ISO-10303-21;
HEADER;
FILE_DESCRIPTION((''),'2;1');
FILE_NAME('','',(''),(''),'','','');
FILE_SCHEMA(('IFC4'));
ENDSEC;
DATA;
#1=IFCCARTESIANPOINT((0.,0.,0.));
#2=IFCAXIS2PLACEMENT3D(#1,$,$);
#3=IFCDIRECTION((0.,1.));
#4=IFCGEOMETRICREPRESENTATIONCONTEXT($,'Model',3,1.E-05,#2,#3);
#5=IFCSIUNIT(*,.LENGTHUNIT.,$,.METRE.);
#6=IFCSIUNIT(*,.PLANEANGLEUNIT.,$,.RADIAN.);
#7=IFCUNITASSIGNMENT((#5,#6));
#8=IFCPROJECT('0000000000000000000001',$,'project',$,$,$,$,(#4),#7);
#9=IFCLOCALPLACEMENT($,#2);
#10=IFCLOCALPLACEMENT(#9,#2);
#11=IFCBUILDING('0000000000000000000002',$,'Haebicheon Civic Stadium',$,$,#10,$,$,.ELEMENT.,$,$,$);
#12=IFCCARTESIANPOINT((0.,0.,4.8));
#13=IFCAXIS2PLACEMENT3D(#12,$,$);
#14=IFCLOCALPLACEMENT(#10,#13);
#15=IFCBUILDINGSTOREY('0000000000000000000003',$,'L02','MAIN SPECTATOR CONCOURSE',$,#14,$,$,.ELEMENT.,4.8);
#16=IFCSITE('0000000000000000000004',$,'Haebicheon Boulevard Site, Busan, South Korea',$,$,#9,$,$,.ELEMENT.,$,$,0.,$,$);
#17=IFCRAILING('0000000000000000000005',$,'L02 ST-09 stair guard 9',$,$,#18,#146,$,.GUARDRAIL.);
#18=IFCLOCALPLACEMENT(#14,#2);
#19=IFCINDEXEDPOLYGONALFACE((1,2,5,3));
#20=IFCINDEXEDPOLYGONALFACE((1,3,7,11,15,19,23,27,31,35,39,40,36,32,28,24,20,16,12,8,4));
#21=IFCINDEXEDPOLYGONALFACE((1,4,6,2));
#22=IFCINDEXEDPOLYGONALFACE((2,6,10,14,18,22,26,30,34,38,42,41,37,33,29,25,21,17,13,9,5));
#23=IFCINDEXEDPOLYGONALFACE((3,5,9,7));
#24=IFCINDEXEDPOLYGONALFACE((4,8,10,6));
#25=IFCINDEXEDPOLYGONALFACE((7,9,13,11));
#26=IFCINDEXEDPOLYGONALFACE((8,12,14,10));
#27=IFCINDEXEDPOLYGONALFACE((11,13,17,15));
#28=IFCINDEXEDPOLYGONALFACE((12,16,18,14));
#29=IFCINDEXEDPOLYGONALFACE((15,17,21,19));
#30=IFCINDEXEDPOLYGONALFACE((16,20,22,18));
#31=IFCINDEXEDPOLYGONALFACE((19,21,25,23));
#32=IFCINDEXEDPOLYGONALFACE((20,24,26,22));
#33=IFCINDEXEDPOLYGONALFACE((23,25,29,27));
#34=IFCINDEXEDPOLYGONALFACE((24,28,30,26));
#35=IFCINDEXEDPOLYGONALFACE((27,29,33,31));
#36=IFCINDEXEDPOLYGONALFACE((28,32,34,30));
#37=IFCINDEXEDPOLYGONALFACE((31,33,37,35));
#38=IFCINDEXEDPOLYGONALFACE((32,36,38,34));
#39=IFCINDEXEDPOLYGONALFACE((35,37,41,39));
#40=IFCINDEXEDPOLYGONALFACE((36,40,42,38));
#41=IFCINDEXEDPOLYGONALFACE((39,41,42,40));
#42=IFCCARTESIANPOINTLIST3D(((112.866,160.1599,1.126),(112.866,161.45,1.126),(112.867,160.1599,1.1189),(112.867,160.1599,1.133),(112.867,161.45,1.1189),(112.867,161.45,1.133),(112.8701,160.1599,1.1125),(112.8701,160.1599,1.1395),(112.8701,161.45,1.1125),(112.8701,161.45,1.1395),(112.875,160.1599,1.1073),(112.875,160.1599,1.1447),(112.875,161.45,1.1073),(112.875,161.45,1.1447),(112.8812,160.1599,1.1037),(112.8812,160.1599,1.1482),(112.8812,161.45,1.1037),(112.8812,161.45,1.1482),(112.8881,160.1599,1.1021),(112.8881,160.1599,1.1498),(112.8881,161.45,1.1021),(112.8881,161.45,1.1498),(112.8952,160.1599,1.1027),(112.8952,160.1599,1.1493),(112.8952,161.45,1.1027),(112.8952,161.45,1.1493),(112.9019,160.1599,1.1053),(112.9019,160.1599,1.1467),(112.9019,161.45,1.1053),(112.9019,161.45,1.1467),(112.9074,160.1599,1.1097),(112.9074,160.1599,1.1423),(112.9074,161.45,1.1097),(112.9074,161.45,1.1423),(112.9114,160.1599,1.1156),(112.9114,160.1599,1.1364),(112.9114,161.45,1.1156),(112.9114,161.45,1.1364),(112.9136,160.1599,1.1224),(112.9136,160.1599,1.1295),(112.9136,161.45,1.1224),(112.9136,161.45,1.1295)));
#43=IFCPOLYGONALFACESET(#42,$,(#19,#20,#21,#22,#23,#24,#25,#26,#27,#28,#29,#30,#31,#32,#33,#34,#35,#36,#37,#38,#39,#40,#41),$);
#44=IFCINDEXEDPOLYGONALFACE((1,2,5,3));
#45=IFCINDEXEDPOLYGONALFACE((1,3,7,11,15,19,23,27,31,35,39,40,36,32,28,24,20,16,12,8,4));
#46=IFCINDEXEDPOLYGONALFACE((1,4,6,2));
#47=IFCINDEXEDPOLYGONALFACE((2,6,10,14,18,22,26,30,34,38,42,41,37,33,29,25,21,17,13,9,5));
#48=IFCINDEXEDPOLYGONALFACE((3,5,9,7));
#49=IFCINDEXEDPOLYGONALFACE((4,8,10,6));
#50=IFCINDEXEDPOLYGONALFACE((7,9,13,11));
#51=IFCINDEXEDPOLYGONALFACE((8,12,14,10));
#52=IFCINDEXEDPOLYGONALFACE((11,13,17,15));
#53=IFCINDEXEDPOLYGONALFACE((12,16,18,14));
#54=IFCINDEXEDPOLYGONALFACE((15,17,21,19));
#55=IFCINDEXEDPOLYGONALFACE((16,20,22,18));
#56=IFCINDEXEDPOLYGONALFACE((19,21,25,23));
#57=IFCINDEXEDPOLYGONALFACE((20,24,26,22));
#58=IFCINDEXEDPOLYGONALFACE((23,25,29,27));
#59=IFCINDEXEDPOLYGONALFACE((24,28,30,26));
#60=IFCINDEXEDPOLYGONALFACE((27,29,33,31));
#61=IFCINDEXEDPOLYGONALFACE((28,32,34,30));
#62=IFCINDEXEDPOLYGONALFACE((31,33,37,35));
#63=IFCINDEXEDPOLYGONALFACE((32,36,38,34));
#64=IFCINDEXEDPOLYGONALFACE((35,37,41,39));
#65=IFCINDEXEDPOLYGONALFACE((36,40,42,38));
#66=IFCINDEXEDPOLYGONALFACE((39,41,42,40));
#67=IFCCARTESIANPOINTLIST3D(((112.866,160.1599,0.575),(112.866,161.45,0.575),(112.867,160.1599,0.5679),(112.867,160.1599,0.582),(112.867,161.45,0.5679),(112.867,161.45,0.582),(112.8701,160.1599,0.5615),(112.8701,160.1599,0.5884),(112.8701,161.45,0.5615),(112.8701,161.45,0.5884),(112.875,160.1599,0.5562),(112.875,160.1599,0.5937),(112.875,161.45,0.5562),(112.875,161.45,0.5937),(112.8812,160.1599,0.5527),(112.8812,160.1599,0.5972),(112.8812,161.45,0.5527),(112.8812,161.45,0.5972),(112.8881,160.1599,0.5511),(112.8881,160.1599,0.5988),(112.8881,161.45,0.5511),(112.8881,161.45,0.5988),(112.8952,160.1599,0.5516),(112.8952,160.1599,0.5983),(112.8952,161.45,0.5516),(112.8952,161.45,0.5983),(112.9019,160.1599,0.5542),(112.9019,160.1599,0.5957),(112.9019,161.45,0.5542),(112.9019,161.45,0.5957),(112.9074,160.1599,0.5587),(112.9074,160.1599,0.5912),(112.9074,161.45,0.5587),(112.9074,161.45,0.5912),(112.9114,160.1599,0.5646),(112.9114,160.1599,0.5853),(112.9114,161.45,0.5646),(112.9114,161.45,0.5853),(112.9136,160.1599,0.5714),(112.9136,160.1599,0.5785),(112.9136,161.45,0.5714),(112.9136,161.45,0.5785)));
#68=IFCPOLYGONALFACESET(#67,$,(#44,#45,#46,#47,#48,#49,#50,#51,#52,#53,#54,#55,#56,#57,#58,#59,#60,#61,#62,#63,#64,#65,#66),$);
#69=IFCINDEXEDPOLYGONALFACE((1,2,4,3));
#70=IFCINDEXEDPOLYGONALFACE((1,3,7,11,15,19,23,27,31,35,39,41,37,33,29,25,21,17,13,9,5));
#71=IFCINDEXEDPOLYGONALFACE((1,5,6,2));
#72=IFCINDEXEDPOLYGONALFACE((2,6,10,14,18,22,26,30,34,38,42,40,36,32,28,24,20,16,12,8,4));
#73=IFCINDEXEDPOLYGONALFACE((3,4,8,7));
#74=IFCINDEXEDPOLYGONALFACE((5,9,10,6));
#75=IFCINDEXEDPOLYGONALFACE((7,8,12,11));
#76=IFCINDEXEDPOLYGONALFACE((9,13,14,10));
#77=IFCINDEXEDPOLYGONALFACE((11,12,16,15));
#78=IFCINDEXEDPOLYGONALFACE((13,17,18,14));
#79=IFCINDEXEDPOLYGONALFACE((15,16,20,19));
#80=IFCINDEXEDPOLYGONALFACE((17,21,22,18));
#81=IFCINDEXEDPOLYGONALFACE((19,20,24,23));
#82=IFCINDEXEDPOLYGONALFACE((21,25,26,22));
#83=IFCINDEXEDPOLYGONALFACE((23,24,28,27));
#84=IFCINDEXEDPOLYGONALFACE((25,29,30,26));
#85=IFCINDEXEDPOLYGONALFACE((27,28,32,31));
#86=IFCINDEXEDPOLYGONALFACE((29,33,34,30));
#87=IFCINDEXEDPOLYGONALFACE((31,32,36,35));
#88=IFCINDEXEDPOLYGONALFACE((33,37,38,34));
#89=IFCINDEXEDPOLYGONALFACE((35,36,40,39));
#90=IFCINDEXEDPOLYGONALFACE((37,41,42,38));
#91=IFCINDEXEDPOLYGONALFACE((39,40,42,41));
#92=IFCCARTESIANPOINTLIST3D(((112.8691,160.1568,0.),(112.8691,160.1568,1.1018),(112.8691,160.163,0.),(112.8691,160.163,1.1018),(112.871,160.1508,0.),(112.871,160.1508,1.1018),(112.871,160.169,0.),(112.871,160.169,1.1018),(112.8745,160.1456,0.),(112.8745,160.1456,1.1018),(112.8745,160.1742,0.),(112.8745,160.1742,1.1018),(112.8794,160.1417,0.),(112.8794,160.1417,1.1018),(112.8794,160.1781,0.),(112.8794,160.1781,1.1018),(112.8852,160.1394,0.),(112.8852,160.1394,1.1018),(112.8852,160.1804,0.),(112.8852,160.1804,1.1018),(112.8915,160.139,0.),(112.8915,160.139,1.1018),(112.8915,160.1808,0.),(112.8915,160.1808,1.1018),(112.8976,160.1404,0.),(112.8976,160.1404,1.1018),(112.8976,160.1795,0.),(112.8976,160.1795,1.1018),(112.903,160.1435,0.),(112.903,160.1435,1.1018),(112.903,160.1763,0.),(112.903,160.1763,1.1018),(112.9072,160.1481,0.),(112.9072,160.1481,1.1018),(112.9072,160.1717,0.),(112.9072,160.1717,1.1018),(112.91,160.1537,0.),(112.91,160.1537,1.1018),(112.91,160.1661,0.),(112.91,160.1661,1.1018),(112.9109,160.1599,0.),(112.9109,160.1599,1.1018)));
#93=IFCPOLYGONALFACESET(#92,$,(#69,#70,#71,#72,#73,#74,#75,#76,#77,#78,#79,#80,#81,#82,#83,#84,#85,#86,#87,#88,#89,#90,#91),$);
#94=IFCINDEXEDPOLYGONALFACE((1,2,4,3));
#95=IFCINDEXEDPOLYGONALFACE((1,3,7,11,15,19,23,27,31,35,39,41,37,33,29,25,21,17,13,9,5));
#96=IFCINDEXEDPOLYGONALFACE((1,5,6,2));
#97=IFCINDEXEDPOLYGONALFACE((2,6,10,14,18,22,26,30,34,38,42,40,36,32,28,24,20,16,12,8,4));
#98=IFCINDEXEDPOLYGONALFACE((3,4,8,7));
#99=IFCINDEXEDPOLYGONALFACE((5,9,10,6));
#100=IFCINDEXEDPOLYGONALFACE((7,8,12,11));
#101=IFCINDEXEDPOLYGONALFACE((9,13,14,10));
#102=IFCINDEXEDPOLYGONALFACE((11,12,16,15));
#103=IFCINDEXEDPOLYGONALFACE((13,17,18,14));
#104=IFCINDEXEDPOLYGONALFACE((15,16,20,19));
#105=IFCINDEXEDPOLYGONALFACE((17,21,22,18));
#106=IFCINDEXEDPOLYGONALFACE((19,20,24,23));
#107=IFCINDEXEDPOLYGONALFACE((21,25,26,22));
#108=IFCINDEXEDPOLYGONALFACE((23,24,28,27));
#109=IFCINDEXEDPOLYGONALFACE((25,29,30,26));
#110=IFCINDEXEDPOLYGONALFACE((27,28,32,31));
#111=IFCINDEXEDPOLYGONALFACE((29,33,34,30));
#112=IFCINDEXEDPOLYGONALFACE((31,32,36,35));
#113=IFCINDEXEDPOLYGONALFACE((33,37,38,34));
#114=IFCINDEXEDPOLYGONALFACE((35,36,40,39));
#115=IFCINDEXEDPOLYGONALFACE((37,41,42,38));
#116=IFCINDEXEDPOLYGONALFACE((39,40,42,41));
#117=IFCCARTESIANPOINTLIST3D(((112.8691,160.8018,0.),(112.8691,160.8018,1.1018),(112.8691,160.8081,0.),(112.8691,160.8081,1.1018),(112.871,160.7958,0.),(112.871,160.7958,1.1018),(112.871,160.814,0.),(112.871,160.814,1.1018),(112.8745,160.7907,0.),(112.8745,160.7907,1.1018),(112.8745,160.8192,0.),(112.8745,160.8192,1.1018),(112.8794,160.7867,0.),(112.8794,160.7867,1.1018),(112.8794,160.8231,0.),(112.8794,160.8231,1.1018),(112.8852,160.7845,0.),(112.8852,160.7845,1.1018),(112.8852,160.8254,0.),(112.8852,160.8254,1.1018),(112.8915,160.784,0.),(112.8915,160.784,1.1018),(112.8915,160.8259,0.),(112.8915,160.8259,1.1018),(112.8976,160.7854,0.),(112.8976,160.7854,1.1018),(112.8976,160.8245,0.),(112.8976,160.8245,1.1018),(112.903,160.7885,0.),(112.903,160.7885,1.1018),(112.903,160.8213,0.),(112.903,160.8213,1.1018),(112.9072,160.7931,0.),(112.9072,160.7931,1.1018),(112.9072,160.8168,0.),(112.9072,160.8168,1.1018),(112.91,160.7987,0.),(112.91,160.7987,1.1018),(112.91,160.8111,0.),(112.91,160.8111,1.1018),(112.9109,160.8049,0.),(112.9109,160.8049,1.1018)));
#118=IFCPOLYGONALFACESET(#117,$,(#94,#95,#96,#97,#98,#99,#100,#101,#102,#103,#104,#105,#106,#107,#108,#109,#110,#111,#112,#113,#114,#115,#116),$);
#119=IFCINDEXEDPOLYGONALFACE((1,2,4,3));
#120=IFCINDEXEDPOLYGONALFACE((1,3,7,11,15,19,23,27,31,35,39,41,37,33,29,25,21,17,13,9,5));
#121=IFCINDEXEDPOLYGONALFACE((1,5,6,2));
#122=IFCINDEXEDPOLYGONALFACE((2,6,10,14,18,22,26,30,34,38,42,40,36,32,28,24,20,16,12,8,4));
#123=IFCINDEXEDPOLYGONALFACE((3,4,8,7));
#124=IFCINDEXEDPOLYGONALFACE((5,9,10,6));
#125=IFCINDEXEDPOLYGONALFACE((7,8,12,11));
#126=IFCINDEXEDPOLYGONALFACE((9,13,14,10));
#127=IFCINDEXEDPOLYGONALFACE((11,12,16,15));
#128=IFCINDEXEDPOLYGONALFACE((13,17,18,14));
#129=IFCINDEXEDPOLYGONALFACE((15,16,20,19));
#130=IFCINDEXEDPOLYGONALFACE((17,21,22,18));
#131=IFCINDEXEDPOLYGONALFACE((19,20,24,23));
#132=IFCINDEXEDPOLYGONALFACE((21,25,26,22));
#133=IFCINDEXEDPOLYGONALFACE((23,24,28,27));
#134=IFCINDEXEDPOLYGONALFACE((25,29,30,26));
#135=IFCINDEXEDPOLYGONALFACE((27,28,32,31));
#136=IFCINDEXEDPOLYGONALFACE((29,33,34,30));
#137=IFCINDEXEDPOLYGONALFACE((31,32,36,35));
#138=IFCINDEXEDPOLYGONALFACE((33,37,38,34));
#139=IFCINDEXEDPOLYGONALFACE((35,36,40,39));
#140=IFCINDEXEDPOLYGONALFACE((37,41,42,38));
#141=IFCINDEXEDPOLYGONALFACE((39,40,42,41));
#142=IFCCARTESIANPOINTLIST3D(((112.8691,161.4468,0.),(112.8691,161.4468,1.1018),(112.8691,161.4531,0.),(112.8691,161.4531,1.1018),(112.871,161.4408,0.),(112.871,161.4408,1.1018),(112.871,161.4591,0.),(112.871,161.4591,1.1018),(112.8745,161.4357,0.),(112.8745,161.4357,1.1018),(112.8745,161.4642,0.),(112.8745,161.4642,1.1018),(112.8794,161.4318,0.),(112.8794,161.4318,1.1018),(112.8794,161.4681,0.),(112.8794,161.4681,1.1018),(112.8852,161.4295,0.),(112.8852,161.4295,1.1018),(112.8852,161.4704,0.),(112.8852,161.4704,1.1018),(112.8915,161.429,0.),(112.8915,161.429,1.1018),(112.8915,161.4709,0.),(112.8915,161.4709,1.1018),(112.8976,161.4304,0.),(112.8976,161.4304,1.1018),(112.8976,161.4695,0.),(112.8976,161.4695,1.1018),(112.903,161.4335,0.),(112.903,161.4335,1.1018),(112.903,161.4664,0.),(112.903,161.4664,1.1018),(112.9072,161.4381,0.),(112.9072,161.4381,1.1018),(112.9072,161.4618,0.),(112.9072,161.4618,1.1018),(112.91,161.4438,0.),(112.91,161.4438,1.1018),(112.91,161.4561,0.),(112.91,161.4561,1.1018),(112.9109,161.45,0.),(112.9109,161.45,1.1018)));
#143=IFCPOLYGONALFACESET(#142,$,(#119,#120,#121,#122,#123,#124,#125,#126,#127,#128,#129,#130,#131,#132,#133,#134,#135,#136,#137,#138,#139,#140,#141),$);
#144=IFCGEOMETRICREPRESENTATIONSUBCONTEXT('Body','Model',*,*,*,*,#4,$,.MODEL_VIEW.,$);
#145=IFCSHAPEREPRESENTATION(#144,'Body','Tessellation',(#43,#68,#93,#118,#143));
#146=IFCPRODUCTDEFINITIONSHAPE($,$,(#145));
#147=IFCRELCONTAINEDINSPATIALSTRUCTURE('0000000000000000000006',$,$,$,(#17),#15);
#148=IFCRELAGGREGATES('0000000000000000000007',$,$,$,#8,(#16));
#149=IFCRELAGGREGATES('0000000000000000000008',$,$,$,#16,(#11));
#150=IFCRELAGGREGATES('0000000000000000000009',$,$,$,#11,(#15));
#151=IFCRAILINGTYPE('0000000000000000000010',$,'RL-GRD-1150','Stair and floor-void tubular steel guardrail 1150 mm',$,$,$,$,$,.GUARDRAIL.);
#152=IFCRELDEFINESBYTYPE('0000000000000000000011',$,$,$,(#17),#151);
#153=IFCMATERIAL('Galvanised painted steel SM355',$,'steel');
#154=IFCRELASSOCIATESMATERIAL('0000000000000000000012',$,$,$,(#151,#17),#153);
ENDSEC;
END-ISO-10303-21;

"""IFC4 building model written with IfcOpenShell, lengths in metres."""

from ifc_helpers import new_model, si_unit, direction, frame, origin, origin_2d, place, context, subcontext, project, spatial, circle, extrude, material, type_object, element, save


model = new_model("IFC4")

# Units and contexts
model_context = context("Model", 3, precision=1e-05, world=origin(), true_north=direction((0.0, 1.0)))
body_context = subcontext(model_context, "Body", "Model", "MODEL_VIEW")
ifc_project = project(units=[si_unit("LENGTHUNIT", "METRE"), si_unit("PLANEANGLEUNIT", "RADIAN")], contexts=[model_context])

# Site, building, storey
site_placement = place(None, origin())
site = spatial("IfcSite", under=ifc_project, at=site_placement, Name="Haebicheon Boulevard Site, Busan, South Korea", CompositionType="ELEMENT", RefElevation=0.0)
building_placement = place(site_placement, origin())
building = spatial("IfcBuilding", under=site, at=building_placement, Name="Haebicheon Civic Stadium", CompositionType="ELEMENT")
storey_placement = place(building_placement, frame((0.0, 0.0, 4.8)))
storey = spatial("IfcBuildingStorey", under=building, at=storey_placement, Name="L02", Description="MAIN SPECTATOR CONCOURSE", CompositionType="ELEMENT", Elevation=4.8)

# Railing
ifc_material_1 = material(Name="Galvanised painted steel SM355", Category="steel")
railing_type_1 = type_object("IfcRailingType", Name="RL-GRD-1150", Description="Stair and floor-void tubular steel guardrail 1150 mm", PredefinedType="GUARDRAIL", material=ifc_material_1)
for number, where, name in (
    (1, (112.8899, 160.1599, 0.0), "L02 ST-09 stair guard 9"),
):
    element("IfcRailing", number, at=place(storey_placement, frame(where)), inside=storey, type_object=railing_type_1, material=ifc_material_1, Name=name, PredefinedType="GUARDRAIL", context=body_context, shape_type="SweptSolid", body=[
        extrude(circle(Radius=0.0239, at=origin_2d()), frame((0.0, 0.0, 1.126), z_axis=(0.0, 1.0, 0.0), x_axis=(-1.0, 0.0, 0.0)), (0.0, 0.0, 1.0), 1.29),
        extrude(circle(Radius=0.0239, at=origin_2d()), frame((0.0, 0.0, 0.575), z_axis=(0.0, 1.0, 0.0), x_axis=(-1.0, 0.0, 0.0)), (0.0, 0.0, 1.0), 1.29),
        extrude(circle(Radius=0.021, at=origin_2d()), origin(), (0.0, 0.0, 1.0), 1.1018),
        extrude(circle(Radius=0.021, at=origin_2d()), frame((0.0, 0.645, 0.0)), (0.0, 0.0, 1.0), 1.1018),
        extrude(circle(Radius=0.021, at=origin_2d()), frame((0.0, 1.29, 0.0)), (0.0, 0.0, 1.0), 1.1018),
    ])

save(model, "model.ifc")
